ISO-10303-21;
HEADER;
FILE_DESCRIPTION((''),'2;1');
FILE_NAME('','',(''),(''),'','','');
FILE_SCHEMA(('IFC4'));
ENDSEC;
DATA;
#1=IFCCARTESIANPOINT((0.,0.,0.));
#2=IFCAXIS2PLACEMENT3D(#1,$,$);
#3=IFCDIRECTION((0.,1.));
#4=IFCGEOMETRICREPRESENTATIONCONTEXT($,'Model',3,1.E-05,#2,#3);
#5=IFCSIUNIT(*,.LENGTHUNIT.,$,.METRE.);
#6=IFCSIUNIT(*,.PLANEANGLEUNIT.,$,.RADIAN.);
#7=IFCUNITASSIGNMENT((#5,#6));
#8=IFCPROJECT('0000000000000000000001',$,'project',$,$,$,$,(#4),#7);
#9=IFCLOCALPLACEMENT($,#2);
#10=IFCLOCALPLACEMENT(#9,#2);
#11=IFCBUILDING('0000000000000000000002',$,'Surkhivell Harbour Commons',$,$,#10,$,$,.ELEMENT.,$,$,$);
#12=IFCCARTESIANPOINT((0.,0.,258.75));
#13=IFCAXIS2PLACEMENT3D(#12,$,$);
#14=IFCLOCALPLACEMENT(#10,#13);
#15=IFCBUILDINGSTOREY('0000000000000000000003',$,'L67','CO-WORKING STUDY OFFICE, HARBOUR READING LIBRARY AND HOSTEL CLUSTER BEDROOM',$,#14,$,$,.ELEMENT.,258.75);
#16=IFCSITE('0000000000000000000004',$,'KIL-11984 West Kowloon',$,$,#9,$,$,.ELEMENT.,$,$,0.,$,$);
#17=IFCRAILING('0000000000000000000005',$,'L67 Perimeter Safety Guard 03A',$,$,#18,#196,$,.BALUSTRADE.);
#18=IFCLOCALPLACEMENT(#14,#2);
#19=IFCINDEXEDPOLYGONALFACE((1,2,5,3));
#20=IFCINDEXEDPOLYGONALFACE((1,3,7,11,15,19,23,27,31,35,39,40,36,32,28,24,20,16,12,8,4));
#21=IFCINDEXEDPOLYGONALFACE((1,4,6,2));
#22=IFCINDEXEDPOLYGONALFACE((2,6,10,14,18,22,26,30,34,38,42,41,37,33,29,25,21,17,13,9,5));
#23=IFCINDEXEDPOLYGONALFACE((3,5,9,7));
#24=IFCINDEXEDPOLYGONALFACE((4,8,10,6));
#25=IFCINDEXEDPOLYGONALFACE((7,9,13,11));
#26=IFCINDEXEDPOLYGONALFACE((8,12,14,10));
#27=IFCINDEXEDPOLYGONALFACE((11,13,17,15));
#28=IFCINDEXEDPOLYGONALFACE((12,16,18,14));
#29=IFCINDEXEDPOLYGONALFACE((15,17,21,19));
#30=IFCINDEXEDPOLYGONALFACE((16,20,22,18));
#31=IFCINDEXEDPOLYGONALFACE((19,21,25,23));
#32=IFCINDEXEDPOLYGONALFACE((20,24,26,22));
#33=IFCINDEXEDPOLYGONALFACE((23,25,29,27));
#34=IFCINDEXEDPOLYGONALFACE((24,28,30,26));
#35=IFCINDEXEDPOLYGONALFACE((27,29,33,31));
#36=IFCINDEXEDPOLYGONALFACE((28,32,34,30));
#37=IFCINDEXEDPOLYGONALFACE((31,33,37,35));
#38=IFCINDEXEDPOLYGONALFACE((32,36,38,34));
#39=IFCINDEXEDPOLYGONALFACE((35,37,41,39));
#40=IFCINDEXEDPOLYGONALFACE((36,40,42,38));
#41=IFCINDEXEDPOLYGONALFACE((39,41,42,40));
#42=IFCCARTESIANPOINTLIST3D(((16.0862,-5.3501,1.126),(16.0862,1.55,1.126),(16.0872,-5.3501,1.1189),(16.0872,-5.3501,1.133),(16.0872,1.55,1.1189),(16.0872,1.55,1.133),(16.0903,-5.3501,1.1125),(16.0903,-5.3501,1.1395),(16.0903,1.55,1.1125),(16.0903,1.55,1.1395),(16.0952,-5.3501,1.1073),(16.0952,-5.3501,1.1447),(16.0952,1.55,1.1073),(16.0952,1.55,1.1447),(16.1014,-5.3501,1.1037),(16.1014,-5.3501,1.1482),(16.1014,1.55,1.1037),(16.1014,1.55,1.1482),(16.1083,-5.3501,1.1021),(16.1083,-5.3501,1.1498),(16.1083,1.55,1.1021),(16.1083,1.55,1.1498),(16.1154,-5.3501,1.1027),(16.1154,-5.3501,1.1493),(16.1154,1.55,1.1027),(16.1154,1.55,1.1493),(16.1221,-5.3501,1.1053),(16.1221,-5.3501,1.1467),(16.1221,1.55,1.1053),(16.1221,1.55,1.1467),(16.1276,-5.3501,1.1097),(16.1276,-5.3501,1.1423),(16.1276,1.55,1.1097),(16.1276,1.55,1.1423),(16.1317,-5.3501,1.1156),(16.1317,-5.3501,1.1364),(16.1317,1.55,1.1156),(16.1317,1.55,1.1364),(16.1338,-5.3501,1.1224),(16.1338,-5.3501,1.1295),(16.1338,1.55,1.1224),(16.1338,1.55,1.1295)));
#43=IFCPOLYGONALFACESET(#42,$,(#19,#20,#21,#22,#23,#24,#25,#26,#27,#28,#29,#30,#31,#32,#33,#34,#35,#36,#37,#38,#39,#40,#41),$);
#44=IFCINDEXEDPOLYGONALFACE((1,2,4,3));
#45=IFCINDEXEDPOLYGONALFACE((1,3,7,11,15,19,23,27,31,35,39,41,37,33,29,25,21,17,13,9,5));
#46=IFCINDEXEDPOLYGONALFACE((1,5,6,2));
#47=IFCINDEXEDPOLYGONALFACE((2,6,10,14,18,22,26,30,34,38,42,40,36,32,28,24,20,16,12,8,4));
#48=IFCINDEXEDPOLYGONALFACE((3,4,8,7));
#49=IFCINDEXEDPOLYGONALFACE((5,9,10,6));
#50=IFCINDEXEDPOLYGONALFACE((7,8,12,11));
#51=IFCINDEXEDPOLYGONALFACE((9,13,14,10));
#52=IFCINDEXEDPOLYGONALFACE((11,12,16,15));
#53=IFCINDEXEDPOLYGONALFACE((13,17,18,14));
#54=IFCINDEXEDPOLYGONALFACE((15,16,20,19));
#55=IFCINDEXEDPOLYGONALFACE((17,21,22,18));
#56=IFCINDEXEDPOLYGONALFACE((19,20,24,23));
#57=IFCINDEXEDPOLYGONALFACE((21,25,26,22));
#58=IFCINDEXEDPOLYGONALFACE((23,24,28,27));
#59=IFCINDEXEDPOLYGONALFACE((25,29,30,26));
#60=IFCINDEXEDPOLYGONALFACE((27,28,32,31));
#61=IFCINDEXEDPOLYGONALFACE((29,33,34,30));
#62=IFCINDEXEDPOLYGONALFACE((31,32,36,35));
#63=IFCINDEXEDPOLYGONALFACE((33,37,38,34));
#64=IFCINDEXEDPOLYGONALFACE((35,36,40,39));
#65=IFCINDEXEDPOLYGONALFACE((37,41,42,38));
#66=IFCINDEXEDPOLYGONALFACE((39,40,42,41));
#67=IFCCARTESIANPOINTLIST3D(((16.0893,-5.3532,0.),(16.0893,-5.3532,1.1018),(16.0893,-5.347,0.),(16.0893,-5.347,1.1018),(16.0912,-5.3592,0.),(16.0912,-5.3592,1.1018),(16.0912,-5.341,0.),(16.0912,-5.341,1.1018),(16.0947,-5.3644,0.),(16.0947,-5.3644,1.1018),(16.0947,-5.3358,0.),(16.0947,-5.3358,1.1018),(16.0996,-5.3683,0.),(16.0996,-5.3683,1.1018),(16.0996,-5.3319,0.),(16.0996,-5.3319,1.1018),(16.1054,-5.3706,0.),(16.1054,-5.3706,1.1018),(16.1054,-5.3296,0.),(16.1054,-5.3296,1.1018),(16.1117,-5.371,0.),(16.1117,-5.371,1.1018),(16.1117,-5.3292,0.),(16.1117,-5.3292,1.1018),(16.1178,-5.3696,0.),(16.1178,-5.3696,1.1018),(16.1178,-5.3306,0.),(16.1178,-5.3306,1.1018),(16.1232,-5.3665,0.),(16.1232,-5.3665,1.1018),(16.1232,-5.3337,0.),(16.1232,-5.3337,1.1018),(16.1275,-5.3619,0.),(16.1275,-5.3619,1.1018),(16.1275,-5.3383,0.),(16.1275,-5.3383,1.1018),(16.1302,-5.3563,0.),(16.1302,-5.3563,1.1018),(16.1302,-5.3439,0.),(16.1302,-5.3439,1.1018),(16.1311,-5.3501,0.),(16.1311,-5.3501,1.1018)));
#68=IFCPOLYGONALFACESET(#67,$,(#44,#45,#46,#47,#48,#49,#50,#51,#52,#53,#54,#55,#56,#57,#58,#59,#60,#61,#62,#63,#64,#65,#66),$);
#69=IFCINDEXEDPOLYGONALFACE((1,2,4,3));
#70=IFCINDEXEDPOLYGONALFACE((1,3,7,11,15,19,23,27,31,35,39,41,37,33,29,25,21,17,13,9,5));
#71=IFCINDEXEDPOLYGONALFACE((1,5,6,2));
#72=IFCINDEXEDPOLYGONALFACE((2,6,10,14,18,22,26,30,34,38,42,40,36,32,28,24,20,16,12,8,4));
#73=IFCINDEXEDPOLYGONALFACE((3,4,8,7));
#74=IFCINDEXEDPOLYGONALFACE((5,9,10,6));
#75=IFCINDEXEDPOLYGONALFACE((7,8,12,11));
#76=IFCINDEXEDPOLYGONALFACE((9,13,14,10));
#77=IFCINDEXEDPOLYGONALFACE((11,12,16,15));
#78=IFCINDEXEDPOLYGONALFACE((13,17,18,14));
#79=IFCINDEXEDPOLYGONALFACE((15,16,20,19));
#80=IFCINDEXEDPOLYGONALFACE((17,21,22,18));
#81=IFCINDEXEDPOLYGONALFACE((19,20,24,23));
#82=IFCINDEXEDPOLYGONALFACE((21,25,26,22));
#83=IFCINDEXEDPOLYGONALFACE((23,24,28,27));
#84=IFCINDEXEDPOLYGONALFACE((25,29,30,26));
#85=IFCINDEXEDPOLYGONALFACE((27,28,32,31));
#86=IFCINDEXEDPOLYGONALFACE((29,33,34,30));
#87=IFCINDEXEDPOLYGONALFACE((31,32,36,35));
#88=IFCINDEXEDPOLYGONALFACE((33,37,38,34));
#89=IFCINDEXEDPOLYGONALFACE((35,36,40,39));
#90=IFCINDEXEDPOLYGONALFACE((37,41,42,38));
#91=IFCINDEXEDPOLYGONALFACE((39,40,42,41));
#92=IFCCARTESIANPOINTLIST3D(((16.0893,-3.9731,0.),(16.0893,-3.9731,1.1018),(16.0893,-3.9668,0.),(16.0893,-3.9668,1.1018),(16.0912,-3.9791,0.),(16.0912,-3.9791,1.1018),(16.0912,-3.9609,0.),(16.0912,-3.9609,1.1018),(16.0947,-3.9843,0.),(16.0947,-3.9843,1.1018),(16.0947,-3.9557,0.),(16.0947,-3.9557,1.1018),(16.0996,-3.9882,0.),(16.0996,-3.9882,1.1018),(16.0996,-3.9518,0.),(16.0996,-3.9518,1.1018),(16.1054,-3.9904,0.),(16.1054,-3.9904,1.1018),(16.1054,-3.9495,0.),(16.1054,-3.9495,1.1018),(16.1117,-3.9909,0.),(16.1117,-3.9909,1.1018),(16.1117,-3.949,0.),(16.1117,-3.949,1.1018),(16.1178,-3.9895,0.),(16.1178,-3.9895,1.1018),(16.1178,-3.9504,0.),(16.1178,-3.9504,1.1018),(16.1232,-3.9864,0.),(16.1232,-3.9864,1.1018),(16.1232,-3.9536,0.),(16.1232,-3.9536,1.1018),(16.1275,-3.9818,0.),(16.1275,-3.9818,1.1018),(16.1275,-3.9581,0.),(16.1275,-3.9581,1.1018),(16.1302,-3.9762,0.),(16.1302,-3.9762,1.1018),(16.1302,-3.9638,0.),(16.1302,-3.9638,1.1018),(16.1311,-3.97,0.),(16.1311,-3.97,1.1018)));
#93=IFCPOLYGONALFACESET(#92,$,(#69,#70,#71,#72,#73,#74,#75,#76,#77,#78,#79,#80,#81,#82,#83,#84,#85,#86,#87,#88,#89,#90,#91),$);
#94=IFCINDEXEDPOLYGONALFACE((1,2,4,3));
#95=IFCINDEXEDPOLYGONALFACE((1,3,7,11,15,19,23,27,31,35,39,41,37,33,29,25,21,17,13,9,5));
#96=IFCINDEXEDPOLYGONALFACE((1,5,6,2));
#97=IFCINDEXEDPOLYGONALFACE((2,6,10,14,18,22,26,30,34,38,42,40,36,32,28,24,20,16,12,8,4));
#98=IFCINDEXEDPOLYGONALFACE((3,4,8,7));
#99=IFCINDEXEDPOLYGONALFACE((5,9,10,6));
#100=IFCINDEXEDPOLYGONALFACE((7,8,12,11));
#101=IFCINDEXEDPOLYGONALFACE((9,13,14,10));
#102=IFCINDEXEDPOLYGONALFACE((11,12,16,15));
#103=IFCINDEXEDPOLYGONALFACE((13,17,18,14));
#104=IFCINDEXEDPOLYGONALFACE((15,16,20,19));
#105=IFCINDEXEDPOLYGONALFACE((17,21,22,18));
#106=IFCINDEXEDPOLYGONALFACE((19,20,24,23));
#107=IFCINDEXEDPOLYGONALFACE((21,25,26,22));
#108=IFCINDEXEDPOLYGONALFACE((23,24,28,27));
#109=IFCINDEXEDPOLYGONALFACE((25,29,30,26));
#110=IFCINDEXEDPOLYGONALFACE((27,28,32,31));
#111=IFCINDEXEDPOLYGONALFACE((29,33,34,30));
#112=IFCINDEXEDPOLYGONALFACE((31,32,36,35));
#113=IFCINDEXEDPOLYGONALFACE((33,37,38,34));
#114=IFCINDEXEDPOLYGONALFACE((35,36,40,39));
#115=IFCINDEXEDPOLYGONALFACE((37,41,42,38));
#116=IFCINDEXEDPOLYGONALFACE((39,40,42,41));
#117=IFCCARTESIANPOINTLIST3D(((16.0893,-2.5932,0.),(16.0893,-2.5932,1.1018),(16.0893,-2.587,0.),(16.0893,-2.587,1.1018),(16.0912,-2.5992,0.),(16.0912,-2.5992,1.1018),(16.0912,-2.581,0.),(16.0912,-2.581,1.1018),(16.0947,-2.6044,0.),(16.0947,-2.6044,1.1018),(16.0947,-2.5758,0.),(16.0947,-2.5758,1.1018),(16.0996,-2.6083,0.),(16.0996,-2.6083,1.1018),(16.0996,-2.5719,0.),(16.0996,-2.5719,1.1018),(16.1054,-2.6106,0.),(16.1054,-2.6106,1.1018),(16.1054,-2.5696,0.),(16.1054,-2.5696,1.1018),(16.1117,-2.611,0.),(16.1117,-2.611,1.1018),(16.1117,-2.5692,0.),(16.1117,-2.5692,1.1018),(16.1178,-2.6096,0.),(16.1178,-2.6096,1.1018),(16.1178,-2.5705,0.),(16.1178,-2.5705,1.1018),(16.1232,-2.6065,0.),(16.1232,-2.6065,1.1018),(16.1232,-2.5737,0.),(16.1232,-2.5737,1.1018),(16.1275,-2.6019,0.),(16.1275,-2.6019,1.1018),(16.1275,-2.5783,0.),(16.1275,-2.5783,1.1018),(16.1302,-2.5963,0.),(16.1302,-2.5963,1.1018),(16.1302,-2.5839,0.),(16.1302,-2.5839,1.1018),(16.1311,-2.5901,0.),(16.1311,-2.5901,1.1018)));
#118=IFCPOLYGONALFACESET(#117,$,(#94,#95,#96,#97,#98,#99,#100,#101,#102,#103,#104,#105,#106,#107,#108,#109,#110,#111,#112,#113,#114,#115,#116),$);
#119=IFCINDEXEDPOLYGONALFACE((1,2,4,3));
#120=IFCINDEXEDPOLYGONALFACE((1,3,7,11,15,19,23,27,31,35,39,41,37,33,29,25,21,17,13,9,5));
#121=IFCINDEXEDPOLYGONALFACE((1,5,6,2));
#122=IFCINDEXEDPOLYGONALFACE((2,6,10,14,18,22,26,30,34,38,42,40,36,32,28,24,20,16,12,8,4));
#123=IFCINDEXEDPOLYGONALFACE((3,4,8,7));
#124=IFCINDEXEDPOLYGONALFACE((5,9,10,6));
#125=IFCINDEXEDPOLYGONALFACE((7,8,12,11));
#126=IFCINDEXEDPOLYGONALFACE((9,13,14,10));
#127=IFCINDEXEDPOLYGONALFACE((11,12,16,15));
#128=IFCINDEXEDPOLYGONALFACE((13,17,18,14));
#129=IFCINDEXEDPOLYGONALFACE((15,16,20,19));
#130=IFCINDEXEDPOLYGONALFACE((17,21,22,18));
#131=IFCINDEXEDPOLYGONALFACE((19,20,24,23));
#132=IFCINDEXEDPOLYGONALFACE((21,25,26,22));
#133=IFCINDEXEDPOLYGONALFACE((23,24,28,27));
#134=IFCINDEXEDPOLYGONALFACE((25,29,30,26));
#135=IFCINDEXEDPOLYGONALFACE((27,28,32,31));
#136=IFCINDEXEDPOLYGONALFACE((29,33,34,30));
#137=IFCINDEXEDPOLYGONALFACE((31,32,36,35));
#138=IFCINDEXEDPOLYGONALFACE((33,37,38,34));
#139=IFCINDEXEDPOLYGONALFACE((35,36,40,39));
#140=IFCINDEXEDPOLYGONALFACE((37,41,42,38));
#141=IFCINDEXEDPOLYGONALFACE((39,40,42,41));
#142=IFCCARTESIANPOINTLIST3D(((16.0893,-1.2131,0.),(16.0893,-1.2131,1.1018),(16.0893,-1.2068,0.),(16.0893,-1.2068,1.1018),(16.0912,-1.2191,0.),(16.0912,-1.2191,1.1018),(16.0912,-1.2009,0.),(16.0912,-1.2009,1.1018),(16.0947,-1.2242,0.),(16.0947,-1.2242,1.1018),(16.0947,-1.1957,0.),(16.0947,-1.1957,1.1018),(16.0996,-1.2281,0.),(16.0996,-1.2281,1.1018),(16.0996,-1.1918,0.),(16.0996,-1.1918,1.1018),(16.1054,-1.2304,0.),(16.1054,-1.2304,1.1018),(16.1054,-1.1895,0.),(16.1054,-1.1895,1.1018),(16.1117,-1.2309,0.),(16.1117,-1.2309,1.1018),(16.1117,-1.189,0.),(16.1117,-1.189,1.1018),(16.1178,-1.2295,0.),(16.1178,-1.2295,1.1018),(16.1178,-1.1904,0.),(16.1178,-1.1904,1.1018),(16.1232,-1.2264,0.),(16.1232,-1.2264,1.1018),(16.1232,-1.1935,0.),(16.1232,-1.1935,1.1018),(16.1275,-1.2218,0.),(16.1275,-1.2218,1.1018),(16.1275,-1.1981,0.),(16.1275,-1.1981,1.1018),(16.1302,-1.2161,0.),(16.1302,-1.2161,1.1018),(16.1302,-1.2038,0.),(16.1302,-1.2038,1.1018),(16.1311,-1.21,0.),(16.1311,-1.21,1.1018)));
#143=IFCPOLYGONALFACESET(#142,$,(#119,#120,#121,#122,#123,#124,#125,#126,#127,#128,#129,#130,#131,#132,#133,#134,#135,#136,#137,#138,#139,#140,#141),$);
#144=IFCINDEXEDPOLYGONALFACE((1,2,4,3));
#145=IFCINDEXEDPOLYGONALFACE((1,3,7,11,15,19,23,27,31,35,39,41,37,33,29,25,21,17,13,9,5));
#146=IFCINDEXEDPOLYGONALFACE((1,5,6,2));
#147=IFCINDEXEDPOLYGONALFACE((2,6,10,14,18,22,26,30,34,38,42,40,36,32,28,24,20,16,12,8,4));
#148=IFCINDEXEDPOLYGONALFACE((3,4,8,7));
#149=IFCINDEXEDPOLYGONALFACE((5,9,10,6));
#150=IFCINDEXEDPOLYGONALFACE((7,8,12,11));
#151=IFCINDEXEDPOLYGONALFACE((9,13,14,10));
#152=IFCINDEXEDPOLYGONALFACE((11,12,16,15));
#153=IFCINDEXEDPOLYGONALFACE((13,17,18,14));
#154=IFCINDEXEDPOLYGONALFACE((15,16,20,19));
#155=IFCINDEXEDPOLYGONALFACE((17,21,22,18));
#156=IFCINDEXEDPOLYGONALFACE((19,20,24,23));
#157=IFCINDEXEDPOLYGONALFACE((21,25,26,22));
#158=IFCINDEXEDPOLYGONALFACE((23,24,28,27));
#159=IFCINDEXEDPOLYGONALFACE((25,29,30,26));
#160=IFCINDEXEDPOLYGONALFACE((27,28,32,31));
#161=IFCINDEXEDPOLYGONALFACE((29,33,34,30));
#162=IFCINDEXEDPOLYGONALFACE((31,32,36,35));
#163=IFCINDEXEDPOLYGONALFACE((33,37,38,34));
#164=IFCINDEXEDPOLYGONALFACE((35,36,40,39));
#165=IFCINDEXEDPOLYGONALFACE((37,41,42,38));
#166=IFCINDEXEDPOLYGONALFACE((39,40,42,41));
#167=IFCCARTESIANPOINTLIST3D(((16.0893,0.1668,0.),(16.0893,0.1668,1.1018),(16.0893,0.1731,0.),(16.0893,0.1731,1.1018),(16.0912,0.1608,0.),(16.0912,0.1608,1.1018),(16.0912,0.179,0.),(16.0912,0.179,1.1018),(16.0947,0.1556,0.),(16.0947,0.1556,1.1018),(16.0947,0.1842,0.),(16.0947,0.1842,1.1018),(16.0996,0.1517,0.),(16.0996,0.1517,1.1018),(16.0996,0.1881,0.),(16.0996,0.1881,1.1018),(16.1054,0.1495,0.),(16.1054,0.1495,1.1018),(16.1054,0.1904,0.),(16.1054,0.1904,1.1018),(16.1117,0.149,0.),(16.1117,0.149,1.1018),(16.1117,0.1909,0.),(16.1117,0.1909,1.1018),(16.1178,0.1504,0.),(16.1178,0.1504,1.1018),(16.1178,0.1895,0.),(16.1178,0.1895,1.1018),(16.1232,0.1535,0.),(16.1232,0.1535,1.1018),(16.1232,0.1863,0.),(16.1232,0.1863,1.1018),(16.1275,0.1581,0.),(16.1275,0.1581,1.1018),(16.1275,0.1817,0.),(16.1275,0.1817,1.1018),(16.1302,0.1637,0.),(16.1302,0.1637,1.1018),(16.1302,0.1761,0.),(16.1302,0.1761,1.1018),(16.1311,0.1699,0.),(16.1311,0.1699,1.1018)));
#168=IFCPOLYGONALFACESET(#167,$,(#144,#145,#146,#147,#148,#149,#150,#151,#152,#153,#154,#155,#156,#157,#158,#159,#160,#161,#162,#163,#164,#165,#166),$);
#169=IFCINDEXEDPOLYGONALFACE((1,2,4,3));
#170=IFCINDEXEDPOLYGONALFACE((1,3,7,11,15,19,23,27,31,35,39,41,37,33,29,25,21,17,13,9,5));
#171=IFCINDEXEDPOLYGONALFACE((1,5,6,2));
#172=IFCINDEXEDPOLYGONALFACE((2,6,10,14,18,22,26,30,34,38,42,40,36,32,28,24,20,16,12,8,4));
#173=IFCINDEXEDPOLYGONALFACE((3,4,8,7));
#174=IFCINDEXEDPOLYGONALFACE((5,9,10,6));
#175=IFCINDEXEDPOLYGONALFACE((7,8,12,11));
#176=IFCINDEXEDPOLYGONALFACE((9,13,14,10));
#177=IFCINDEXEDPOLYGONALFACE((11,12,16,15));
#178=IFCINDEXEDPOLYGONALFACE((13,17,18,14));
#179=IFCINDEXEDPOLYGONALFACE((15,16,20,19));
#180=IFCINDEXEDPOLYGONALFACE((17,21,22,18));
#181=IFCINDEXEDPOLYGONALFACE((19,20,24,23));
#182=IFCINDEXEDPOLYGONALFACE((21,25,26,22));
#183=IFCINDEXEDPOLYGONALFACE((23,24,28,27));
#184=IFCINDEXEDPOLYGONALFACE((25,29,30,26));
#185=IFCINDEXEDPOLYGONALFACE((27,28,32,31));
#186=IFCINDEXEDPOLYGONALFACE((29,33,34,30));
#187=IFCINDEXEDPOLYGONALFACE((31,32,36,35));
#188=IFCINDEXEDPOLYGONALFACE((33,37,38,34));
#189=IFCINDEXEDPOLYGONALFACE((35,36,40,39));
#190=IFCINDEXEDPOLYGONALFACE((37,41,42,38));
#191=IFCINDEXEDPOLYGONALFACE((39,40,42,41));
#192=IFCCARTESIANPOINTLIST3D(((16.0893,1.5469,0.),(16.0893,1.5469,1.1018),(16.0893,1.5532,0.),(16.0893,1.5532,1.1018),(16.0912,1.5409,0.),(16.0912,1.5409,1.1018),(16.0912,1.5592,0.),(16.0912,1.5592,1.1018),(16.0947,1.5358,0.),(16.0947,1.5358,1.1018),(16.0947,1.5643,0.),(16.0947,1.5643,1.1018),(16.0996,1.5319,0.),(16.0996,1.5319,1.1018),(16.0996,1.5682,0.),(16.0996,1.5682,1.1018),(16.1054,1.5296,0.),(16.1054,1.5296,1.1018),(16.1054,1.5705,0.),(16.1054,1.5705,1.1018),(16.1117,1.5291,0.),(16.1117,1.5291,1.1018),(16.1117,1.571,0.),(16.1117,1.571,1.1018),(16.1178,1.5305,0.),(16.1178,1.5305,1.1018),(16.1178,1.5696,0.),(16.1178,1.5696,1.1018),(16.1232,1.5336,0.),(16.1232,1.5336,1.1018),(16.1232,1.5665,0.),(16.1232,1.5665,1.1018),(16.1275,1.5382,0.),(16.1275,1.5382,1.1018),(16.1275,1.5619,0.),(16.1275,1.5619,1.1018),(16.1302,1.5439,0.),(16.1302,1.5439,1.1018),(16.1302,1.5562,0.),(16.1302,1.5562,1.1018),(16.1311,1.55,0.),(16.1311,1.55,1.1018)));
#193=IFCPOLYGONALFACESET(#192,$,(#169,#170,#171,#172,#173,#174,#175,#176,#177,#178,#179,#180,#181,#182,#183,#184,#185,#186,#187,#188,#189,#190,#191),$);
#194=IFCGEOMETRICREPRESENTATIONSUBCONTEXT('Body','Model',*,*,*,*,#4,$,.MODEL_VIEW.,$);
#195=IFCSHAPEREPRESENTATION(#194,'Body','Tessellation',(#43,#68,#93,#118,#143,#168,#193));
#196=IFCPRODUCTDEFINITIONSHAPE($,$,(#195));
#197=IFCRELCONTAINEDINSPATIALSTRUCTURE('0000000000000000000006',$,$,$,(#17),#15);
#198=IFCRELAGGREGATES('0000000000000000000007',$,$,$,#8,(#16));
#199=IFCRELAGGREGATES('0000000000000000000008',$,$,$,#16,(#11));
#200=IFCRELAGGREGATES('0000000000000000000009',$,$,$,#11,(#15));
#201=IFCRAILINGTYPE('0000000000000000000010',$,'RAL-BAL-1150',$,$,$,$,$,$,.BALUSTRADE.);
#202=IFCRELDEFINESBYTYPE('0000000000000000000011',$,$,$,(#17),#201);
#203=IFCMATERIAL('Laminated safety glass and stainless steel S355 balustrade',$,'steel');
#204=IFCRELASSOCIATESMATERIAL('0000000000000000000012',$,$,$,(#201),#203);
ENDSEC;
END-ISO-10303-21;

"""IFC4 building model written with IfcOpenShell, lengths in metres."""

from ifc_helpers import new_model, si_unit, direction, frame, origin, origin_2d, place, context, subcontext, project, spatial, circle, extrude, material, type_object, element, save


model = new_model("IFC4")

# Units and contexts
model_context = context("Model", 3, precision=1e-05, world=origin(), true_north=direction((0.0, 1.0)))
body_context = subcontext(model_context, "Body", "Model", "MODEL_VIEW")
ifc_project = project(units=[si_unit("LENGTHUNIT", "METRE"), si_unit("PLANEANGLEUNIT", "RADIAN")], contexts=[model_context])

# Site, building, storey
site_placement = place(None, origin())
site = spatial("IfcSite", under=ifc_project, at=site_placement, Name="KIL-11984 West Kowloon", CompositionType="ELEMENT", RefElevation=0.0)
building_placement = place(site_placement, origin())
building = spatial("IfcBuilding", under=site, at=building_placement, Name="Surkhivell Harbour Commons", CompositionType="ELEMENT")
storey_placement = place(building_placement, frame((0.0, 0.0, 258.75)))
storey = spatial("IfcBuildingStorey", under=building, at=storey_placement, Name="L67", Description="CO-WORKING STUDY OFFICE, HARBOUR READING LIBRARY AND HOSTEL CLUSTER BEDROOM", CompositionType="ELEMENT", Elevation=258.75)

# Railing
ifc_material_1 = material(Name="Laminated safety glass and stainless steel S355 balustrade", Category="steel")
railing_type = type_object("IfcRailingType", Name="RAL-BAL-1150", PredefinedType="BALUSTRADE", material=ifc_material_1)
railing_1_placement = place(storey_placement, frame((16.1101, -5.3501, 0.0)))
element("IfcRailing", 1, at=railing_1_placement, inside=storey, type_object=railing_type, Name="L67 Perimeter Safety Guard 03A", PredefinedType="BALUSTRADE", context=body_context, shape_type="SweptSolid", body=[
    extrude(circle(Radius=0.0239, at=origin_2d()), frame((0.0, 0.0, 1.126), z_axis=(0.0, 1.0, 0.0), x_axis=(-1.0, 0.0, 0.0)), (0.0, 0.0, 1.0), 6.9001),
    extrude(circle(Radius=0.021, at=origin_2d()), origin(), (0.0, 0.0, 1.0), 1.1018),
    extrude(circle(Radius=0.021, at=origin_2d()), frame((0.0, 1.3801, 0.0)), (0.0, 0.0, 1.0), 1.1018),
    extrude(circle(Radius=0.021, at=origin_2d()), frame((0.0, 2.76, 0.0)), (0.0, 0.0, 1.0), 1.1018),
    extrude(circle(Radius=0.021, at=origin_2d()), frame((0.0, 4.1401, 0.0)), (0.0, 0.0, 1.0), 1.1018),
    extrude(circle(Radius=0.021, at=origin_2d()), frame((0.0, 5.52, 0.0)), (0.0, 0.0, 1.0), 1.1018),
    extrude(circle(Radius=0.021, at=origin_2d()), frame((0.0, 6.9001, 0.0)), (0.0, 0.0, 1.0), 1.1018),
])

save(model, "model.ifc")
